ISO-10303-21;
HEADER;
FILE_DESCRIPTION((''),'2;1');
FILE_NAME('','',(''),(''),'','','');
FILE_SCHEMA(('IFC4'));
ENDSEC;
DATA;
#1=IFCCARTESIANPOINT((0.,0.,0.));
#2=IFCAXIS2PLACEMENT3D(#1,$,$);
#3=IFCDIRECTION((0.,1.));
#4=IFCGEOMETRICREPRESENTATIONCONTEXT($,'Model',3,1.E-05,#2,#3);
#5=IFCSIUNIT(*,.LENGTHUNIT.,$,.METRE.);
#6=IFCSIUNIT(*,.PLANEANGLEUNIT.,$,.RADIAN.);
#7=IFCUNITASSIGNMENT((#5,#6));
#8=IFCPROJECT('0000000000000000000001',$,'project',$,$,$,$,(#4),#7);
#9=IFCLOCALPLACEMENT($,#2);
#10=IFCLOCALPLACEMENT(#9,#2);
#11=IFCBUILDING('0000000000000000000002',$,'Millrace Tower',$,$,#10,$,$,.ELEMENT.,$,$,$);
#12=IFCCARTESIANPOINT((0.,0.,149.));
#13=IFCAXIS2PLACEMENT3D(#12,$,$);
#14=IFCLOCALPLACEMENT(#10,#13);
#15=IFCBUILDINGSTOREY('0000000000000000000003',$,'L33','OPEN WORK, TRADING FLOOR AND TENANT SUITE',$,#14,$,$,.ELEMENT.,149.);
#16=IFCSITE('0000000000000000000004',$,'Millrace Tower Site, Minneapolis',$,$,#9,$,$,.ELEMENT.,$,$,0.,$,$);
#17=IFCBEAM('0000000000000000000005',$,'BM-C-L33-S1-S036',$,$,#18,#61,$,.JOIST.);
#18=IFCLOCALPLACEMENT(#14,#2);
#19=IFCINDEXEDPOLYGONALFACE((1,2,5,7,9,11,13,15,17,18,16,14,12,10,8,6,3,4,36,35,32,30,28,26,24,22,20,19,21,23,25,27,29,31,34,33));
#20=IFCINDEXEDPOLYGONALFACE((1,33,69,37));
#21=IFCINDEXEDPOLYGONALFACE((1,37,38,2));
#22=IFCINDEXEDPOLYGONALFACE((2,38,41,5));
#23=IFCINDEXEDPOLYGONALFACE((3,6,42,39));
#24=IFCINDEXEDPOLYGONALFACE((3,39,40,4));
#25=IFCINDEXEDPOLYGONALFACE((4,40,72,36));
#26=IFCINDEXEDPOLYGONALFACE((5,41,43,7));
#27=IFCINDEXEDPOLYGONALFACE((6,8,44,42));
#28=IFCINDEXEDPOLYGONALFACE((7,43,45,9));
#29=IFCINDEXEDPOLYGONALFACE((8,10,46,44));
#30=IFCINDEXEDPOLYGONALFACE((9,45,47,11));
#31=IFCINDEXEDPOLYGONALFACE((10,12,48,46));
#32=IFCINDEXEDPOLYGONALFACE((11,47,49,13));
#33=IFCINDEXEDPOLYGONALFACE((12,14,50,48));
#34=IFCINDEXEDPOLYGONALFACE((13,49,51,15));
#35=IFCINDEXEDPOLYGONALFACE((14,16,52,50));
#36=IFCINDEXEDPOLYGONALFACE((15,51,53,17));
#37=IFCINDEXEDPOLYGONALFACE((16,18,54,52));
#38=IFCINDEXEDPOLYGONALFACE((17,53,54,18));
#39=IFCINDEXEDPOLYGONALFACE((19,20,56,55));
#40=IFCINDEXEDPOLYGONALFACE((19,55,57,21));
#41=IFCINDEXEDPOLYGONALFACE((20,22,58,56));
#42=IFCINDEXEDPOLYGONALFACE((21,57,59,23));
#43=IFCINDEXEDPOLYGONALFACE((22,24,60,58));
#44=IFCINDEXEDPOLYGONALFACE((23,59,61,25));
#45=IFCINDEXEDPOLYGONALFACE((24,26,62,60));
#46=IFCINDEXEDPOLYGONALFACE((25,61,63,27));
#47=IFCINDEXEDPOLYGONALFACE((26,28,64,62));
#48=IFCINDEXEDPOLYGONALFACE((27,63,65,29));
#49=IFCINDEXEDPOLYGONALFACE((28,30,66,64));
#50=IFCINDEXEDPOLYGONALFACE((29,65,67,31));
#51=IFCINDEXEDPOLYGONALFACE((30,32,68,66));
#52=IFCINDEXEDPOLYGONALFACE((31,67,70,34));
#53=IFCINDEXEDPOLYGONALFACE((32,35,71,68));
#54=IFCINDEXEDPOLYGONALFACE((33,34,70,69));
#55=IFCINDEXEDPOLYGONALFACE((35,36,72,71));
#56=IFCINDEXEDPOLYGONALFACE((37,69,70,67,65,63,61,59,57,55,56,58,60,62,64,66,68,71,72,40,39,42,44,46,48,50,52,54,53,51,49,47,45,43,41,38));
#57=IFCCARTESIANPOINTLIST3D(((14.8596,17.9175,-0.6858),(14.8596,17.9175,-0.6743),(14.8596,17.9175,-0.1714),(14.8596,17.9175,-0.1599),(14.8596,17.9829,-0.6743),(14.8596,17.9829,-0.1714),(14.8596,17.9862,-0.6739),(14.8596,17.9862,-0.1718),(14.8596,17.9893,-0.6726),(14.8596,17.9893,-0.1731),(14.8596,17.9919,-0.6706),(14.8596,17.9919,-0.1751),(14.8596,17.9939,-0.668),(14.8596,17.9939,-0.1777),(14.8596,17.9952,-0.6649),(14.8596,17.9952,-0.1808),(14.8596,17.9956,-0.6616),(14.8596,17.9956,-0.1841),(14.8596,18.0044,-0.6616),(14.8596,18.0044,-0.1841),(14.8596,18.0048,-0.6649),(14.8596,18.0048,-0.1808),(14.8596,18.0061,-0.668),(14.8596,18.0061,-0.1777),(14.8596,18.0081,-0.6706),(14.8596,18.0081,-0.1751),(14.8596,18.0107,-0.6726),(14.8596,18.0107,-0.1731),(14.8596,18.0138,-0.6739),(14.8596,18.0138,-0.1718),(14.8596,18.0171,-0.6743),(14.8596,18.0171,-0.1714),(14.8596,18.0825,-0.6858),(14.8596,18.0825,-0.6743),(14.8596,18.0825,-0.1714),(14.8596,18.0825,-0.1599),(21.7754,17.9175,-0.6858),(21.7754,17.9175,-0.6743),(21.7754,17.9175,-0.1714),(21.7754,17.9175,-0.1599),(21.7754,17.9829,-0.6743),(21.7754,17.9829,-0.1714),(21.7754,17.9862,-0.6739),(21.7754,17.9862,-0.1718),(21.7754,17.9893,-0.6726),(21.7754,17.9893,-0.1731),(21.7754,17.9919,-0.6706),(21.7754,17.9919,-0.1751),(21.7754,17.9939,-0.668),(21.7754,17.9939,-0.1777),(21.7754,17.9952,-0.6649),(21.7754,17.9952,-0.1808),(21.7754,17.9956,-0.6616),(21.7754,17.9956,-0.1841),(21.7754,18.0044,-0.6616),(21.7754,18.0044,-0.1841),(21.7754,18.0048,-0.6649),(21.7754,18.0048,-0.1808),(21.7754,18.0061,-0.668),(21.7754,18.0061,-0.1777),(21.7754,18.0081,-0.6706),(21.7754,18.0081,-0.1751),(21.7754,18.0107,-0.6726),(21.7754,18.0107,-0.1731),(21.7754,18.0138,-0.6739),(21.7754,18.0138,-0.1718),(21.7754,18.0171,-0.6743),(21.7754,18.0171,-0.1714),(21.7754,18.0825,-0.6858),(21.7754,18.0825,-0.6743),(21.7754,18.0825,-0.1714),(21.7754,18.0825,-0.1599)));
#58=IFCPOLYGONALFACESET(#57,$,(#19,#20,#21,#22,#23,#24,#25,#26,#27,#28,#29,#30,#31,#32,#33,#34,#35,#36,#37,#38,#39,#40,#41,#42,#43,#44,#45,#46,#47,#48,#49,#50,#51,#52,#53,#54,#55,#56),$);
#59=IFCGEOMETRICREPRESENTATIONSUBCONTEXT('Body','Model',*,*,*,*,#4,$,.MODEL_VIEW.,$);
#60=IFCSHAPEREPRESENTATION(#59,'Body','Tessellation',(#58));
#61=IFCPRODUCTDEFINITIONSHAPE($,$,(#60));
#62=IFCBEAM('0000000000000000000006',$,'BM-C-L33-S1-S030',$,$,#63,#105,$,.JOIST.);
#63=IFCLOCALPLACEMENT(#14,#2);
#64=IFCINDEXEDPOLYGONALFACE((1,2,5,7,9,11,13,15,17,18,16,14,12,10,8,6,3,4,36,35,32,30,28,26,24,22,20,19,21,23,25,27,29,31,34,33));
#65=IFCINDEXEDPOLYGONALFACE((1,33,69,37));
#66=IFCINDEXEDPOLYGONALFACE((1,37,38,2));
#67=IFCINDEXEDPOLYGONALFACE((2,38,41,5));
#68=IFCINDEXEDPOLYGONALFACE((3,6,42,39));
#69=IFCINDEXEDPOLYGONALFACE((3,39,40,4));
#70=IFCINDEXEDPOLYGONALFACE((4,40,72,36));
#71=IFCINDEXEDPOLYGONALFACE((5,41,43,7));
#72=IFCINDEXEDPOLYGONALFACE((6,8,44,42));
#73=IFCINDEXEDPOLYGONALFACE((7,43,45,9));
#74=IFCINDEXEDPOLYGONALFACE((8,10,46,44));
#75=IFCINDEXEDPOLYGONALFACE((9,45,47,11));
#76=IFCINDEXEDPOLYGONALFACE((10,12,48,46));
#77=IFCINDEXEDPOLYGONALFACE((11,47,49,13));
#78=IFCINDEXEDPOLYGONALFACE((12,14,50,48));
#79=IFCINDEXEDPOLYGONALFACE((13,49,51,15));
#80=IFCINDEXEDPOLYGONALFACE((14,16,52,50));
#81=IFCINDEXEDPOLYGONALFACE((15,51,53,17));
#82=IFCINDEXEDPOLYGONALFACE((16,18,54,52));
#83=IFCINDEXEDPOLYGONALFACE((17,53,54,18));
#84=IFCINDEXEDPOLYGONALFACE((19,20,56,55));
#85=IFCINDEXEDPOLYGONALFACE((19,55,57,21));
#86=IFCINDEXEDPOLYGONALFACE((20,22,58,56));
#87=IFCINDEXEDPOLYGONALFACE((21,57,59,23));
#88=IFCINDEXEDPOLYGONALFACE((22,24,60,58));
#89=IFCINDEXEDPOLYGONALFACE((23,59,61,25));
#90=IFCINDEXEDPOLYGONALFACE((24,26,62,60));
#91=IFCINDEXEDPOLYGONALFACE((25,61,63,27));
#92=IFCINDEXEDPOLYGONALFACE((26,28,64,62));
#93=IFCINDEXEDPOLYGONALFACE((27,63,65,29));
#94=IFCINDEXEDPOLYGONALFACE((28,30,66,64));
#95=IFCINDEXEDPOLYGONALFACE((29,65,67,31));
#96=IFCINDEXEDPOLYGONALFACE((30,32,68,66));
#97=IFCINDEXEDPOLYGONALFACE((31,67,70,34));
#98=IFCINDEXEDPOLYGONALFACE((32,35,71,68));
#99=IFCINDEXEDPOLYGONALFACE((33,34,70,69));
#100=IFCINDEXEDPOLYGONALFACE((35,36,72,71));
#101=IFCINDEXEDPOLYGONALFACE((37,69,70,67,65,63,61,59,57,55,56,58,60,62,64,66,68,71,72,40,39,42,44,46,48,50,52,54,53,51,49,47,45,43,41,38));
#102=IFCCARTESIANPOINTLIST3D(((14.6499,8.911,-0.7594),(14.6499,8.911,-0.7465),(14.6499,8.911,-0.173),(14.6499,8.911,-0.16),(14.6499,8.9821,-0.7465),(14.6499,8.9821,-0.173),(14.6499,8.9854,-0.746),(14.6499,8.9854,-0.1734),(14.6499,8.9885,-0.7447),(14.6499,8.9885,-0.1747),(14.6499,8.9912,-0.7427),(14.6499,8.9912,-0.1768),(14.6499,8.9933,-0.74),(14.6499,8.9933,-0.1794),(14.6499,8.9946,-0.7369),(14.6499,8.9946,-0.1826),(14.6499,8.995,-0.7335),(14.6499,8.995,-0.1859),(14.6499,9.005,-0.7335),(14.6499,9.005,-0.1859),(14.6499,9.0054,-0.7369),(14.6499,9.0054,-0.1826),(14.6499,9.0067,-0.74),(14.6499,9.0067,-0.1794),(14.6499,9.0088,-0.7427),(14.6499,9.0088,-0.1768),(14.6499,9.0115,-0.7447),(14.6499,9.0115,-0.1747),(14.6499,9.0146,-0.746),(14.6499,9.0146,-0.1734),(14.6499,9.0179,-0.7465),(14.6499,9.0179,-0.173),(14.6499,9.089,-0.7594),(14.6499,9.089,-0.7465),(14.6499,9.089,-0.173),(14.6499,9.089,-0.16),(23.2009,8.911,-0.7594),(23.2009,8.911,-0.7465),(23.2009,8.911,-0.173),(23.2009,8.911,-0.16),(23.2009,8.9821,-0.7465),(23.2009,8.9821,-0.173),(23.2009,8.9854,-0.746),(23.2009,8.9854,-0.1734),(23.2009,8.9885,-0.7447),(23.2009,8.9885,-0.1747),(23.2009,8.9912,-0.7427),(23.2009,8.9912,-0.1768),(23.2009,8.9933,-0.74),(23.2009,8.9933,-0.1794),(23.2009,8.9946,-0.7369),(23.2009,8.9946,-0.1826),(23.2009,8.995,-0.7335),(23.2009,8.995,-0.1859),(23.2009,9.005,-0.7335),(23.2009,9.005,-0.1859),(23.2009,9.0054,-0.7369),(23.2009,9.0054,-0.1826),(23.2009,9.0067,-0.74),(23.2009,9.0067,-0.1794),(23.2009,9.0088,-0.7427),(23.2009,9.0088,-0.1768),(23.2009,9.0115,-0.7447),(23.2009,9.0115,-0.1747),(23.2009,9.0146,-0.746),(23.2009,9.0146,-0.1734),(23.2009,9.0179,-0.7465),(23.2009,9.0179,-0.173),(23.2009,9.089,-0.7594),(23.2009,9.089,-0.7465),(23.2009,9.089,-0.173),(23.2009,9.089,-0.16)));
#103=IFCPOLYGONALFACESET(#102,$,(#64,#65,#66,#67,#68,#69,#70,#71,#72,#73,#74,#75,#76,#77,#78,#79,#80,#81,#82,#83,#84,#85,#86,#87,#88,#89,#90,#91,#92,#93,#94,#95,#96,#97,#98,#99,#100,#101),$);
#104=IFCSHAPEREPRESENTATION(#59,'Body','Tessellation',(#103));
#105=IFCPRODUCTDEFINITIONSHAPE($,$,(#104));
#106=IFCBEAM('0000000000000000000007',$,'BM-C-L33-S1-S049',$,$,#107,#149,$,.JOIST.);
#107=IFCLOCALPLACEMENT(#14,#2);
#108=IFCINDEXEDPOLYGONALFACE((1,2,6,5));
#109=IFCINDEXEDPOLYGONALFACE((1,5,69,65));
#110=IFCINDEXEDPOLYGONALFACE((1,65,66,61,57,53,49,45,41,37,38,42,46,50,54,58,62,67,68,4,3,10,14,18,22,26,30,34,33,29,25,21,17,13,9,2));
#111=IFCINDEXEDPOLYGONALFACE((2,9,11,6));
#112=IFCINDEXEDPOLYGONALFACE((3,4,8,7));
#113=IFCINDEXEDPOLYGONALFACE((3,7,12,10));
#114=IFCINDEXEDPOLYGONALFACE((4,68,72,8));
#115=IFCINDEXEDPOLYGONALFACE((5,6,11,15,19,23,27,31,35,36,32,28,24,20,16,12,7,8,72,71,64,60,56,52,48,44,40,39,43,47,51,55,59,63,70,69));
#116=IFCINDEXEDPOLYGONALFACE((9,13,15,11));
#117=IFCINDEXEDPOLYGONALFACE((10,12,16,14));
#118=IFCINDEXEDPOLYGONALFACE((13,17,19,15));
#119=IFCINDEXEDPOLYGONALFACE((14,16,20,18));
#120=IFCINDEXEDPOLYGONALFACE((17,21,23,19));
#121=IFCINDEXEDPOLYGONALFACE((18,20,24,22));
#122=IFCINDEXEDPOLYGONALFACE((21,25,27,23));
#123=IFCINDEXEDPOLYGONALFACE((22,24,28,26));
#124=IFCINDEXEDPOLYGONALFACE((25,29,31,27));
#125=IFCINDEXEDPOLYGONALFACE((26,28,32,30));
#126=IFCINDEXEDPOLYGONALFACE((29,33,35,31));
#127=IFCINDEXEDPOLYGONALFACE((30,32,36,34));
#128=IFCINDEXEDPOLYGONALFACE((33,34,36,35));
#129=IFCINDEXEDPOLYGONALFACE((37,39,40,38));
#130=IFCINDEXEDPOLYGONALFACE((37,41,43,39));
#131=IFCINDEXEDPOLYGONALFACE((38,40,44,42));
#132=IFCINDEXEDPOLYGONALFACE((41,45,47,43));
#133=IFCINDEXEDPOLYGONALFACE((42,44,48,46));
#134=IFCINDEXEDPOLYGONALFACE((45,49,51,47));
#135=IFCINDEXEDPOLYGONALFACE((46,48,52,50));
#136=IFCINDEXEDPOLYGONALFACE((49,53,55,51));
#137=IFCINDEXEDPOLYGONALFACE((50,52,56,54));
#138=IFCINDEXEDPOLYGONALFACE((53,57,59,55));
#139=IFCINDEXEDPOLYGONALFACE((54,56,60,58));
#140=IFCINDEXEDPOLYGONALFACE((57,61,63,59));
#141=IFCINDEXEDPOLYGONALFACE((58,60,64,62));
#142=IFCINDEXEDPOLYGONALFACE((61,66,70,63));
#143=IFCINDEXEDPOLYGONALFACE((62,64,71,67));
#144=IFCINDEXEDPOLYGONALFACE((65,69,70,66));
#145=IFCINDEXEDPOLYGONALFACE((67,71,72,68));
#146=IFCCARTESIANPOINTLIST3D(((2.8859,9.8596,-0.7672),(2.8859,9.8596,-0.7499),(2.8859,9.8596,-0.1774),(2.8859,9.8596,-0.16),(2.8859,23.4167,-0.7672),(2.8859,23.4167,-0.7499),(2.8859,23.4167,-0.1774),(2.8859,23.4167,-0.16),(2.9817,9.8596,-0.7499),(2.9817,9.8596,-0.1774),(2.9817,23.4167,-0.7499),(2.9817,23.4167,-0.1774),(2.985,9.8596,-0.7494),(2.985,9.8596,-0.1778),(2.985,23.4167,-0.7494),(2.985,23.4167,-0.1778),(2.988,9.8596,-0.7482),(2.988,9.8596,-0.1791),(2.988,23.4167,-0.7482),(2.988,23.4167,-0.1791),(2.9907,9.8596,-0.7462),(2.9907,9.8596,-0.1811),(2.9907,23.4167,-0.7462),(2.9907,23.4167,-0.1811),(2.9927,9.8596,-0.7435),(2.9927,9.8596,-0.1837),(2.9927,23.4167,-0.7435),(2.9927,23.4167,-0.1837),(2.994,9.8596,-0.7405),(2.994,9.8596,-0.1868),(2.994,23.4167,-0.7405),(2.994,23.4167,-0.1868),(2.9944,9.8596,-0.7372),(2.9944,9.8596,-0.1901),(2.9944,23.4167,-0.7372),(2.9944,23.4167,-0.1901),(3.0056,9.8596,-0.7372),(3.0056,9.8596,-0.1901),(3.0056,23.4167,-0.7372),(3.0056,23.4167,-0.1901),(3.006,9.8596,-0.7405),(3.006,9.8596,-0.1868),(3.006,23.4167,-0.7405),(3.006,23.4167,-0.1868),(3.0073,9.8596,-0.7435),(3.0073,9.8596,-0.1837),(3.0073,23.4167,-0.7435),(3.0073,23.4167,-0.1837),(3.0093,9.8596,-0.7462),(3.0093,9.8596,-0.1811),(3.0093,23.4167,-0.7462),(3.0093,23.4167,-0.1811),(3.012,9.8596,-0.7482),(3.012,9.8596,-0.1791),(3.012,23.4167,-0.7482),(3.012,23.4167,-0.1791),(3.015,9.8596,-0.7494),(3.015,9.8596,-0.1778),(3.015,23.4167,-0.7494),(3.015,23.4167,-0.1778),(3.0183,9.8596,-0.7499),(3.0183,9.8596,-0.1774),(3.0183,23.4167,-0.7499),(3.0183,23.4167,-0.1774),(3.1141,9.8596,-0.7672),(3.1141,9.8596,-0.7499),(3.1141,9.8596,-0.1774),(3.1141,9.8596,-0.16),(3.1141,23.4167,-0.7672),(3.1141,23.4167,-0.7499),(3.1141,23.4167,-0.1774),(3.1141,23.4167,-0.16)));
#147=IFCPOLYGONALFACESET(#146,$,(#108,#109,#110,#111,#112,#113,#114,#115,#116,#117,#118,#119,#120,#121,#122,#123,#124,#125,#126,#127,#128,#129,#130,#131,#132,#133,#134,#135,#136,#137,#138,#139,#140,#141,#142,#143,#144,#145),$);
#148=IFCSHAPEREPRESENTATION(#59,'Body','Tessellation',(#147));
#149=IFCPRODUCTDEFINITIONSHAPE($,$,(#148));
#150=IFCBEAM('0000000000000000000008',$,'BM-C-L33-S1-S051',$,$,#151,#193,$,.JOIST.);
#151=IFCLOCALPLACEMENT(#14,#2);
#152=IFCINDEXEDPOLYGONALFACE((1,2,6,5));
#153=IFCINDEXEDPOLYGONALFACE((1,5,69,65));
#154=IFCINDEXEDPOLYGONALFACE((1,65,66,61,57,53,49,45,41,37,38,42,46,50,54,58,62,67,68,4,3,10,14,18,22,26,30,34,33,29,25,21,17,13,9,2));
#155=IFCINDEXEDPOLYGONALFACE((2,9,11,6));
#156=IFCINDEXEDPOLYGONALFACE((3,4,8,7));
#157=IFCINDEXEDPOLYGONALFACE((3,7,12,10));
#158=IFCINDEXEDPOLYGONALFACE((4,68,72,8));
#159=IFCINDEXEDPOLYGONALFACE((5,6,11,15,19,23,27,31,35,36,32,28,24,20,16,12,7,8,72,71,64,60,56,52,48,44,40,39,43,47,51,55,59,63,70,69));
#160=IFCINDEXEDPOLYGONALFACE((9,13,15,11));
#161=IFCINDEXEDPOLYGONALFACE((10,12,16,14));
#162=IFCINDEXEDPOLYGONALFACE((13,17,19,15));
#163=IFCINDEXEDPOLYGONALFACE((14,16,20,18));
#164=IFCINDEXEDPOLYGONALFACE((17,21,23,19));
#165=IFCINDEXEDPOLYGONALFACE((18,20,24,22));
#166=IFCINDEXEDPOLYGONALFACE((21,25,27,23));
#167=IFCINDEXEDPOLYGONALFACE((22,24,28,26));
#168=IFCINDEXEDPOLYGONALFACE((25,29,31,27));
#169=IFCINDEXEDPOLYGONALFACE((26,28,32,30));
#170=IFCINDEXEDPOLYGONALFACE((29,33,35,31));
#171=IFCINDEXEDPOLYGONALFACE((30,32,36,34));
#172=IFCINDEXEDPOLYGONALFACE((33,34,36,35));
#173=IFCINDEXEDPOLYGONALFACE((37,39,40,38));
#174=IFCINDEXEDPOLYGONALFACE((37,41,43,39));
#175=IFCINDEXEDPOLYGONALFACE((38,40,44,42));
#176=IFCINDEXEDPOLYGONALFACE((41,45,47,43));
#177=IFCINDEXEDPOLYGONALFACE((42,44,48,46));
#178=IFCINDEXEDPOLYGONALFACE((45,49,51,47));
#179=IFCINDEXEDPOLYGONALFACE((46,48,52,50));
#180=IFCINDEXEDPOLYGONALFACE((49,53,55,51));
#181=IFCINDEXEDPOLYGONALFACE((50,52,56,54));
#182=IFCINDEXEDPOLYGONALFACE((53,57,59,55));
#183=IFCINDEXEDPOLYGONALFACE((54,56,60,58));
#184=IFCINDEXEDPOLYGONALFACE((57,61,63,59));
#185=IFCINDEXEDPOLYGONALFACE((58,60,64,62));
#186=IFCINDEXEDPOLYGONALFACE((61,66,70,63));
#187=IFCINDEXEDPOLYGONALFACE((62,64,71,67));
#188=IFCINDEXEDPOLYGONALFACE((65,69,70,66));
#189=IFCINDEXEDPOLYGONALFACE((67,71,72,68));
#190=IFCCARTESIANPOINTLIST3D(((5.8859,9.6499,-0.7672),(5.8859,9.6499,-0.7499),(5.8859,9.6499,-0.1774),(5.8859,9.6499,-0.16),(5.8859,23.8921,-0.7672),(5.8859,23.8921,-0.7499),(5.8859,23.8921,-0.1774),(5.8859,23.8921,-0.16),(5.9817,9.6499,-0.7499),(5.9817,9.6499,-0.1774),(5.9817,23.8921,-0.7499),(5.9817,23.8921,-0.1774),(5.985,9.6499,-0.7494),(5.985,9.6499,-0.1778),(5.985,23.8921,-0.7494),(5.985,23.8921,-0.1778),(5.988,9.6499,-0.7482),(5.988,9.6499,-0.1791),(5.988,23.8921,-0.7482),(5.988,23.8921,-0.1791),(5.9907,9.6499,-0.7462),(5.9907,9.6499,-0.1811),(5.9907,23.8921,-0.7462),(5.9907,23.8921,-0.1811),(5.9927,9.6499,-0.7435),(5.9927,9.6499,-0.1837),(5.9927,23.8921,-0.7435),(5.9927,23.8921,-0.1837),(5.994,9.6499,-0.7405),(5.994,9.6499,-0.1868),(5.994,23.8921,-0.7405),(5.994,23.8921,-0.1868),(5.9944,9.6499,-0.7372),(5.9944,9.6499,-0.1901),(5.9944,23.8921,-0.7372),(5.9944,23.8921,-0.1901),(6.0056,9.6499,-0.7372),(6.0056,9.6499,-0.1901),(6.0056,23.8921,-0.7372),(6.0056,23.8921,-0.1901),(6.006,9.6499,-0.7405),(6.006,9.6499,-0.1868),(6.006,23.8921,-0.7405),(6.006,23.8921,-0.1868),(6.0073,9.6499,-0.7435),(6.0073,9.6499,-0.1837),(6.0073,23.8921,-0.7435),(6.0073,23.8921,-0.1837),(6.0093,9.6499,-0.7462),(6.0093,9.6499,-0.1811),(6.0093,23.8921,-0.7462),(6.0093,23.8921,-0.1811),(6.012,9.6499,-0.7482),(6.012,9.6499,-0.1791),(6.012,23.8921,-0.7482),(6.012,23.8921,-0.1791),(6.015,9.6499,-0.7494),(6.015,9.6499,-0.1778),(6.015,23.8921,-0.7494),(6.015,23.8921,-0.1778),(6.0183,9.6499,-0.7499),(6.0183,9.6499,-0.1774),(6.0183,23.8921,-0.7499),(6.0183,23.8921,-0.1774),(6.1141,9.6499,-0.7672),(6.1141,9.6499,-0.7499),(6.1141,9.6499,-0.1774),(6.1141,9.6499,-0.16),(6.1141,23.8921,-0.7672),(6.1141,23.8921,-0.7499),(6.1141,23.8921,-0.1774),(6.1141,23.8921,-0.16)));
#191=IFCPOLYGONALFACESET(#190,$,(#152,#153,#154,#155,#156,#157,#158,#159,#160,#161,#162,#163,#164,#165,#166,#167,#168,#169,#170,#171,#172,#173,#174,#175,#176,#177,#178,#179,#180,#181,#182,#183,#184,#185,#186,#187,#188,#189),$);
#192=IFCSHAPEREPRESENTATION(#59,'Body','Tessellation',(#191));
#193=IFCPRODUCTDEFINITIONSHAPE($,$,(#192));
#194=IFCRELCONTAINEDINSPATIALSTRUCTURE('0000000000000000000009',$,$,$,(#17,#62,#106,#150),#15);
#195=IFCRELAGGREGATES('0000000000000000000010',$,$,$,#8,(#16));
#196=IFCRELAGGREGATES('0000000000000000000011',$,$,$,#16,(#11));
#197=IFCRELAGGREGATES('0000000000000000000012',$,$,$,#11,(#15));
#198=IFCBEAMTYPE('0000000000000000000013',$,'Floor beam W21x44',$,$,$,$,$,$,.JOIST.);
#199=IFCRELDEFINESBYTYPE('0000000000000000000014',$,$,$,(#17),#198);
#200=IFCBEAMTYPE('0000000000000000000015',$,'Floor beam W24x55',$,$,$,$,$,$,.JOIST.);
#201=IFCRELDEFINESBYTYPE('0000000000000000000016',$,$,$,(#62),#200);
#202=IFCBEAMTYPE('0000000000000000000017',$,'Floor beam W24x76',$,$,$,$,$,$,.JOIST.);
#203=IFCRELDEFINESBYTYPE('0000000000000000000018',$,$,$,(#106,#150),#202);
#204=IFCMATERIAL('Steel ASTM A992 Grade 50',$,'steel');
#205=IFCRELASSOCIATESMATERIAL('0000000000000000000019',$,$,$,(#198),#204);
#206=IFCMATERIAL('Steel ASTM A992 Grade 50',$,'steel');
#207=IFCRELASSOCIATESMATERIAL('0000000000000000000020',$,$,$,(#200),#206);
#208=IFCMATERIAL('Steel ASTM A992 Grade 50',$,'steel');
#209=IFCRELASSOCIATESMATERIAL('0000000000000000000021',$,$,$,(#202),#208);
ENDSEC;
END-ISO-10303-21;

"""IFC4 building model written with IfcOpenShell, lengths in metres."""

from ifc_helpers import new_model, si_unit, direction, frame, origin, origin_2d, place, context, subcontext, project, spatial, i_section, extrude, material, material_profile, profile_set, type_object, element, save


model = new_model("IFC4")

# Units and contexts
model_context = context("Model", 3, precision=1e-05, world=origin(), true_north=direction((0.0, 1.0)))
body_context = subcontext(model_context, "Body", "Model", "MODEL_VIEW")
ifc_project = project(units=[si_unit("LENGTHUNIT", "METRE"), si_unit("PLANEANGLEUNIT", "RADIAN")], contexts=[model_context])

# Site, building, storey
site_placement = place(None, origin())
site = spatial("IfcSite", under=ifc_project, at=site_placement, Name="Millrace Tower Site, Minneapolis", CompositionType="ELEMENT", RefElevation=0.0)
building_placement = place(site_placement, origin())
building = spatial("IfcBuilding", under=site, at=building_placement, Name="Millrace Tower", CompositionType="ELEMENT")
storey_placement = place(building_placement, frame((0.0, 0.0, 149.0)))
storey = spatial("IfcBuildingStorey", under=building, at=storey_placement, Name="L33", Description="OPEN WORK, TRADING FLOOR AND TENANT SUITE", CompositionType="ELEMENT", Elevation=149.0)

# Beams
ifc_material_1 = material(Name="Steel ASTM A992 Grade 50", Category="steel")
ifc_material_profile_1 = material_profile(ifc_material_1, i_section(OverallWidth=0.165, OverallDepth=0.5259, WebThickness=0.0088, FlangeThickness=0.0115, FilletRadius=0.0127, at=origin_2d()))
ifc_profile_set_1 = profile_set([ifc_material_profile_1], Name="Steel ASTM A992 Grade 50")
beam_type_1 = type_object("IfcBeamType", Name="Floor beam W21x44", PredefinedType="JOIST", material=ifc_profile_set_1)
beam_1_placement = place(storey_placement, frame((14.8596, 18.0, -0.4229), z_axis=(1.0, 0.0, 0.0), x_axis=(0.0, 1.0, 0.0)))
element("IfcBeam", 1, at=beam_1_placement, inside=storey, type_object=beam_type_1, Name="BM-C-L33-S1-S036", PredefinedType="JOIST", context=body_context, shape_type="SweptSolid", body=[
    extrude(i_section(OverallWidth=0.165, OverallDepth=0.5259, WebThickness=0.0088, FlangeThickness=0.0115, FilletRadius=0.0127, at=origin_2d()), origin(), (0.0, 0.0, 1.0), 6.9158),
])
ifc_material_2 = material(Name="Steel ASTM A992 Grade 50", Category="steel")
ifc_material_profile_2 = material_profile(ifc_material_2, i_section(OverallWidth=0.178, OverallDepth=0.5994, WebThickness=0.01, FlangeThickness=0.0129, FilletRadius=0.0129, at=origin_2d()))
ifc_profile_set_2 = profile_set([ifc_material_profile_2], Name="Steel ASTM A992 Grade 50")
beam_type_2 = type_object("IfcBeamType", Name="Floor beam W24x55", PredefinedType="JOIST", material=ifc_profile_set_2)
beam_2_placement = place(storey_placement, frame((14.6499, 9.0, -0.4597), z_axis=(1.0, 0.0, 0.0), x_axis=(0.0, 1.0, 0.0)))
element("IfcBeam", 2, at=beam_2_placement, inside=storey, type_object=beam_type_2, Name="BM-C-L33-S1-S030", PredefinedType="JOIST", context=body_context, shape_type="SweptSolid", body=[
    extrude(i_section(OverallWidth=0.178, OverallDepth=0.5994, WebThickness=0.01, FlangeThickness=0.0129, FilletRadius=0.0129, at=origin_2d()), origin(), (0.0, 0.0, 1.0), 8.551),
])
ifc_material_3 = material(Name="Steel ASTM A992 Grade 50", Category="steel")
ifc_material_profile_3 = material_profile(ifc_material_3, i_section(OverallWidth=0.2283, OverallDepth=0.6072, WebThickness=0.0112, FlangeThickness=0.0173, FilletRadius=0.0127, at=origin_2d()))
ifc_profile_set_3 = profile_set([ifc_material_profile_3], Name="Steel ASTM A992 Grade 50")
beam_type_3 = type_object("IfcBeamType", Name="Floor beam W24x76", PredefinedType="JOIST", material=ifc_profile_set_3)
beam_3_placement = place(storey_placement, frame((3.0, 9.8596, -0.4636), z_axis=(0.0, 1.0, 0.0), x_axis=(-1.0, 0.0, 0.0)))
element("IfcBeam", 3, at=beam_3_placement, inside=storey, type_object=beam_type_3, Name="BM-C-L33-S1-S049", PredefinedType="JOIST", context=body_context, shape_type="SweptSolid", body=[
    extrude(i_section(OverallWidth=0.2283, OverallDepth=0.6072, WebThickness=0.0112, FlangeThickness=0.0173, FilletRadius=0.0127, at=origin_2d()), origin(), (0.0, 0.0, 1.0), 13.5571),
])
beam_4_placement = place(storey_placement, frame((6.0, 9.6499, -0.4636), z_axis=(0.0, 1.0, 0.0), x_axis=(-1.0, 0.0, 0.0)))
element("IfcBeam", 4, at=beam_4_placement, inside=storey, type_object=beam_type_3, Name="BM-C-L33-S1-S051", PredefinedType="JOIST", context=body_context, shape_type="SweptSolid", body=[
    extrude(i_section(OverallWidth=0.2283, OverallDepth=0.6072, WebThickness=0.0112, FlangeThickness=0.0173, FilletRadius=0.0127, at=origin_2d()), origin(), (0.0, 0.0, 1.0), 14.2422),
])

save(model, "model.ifc")
